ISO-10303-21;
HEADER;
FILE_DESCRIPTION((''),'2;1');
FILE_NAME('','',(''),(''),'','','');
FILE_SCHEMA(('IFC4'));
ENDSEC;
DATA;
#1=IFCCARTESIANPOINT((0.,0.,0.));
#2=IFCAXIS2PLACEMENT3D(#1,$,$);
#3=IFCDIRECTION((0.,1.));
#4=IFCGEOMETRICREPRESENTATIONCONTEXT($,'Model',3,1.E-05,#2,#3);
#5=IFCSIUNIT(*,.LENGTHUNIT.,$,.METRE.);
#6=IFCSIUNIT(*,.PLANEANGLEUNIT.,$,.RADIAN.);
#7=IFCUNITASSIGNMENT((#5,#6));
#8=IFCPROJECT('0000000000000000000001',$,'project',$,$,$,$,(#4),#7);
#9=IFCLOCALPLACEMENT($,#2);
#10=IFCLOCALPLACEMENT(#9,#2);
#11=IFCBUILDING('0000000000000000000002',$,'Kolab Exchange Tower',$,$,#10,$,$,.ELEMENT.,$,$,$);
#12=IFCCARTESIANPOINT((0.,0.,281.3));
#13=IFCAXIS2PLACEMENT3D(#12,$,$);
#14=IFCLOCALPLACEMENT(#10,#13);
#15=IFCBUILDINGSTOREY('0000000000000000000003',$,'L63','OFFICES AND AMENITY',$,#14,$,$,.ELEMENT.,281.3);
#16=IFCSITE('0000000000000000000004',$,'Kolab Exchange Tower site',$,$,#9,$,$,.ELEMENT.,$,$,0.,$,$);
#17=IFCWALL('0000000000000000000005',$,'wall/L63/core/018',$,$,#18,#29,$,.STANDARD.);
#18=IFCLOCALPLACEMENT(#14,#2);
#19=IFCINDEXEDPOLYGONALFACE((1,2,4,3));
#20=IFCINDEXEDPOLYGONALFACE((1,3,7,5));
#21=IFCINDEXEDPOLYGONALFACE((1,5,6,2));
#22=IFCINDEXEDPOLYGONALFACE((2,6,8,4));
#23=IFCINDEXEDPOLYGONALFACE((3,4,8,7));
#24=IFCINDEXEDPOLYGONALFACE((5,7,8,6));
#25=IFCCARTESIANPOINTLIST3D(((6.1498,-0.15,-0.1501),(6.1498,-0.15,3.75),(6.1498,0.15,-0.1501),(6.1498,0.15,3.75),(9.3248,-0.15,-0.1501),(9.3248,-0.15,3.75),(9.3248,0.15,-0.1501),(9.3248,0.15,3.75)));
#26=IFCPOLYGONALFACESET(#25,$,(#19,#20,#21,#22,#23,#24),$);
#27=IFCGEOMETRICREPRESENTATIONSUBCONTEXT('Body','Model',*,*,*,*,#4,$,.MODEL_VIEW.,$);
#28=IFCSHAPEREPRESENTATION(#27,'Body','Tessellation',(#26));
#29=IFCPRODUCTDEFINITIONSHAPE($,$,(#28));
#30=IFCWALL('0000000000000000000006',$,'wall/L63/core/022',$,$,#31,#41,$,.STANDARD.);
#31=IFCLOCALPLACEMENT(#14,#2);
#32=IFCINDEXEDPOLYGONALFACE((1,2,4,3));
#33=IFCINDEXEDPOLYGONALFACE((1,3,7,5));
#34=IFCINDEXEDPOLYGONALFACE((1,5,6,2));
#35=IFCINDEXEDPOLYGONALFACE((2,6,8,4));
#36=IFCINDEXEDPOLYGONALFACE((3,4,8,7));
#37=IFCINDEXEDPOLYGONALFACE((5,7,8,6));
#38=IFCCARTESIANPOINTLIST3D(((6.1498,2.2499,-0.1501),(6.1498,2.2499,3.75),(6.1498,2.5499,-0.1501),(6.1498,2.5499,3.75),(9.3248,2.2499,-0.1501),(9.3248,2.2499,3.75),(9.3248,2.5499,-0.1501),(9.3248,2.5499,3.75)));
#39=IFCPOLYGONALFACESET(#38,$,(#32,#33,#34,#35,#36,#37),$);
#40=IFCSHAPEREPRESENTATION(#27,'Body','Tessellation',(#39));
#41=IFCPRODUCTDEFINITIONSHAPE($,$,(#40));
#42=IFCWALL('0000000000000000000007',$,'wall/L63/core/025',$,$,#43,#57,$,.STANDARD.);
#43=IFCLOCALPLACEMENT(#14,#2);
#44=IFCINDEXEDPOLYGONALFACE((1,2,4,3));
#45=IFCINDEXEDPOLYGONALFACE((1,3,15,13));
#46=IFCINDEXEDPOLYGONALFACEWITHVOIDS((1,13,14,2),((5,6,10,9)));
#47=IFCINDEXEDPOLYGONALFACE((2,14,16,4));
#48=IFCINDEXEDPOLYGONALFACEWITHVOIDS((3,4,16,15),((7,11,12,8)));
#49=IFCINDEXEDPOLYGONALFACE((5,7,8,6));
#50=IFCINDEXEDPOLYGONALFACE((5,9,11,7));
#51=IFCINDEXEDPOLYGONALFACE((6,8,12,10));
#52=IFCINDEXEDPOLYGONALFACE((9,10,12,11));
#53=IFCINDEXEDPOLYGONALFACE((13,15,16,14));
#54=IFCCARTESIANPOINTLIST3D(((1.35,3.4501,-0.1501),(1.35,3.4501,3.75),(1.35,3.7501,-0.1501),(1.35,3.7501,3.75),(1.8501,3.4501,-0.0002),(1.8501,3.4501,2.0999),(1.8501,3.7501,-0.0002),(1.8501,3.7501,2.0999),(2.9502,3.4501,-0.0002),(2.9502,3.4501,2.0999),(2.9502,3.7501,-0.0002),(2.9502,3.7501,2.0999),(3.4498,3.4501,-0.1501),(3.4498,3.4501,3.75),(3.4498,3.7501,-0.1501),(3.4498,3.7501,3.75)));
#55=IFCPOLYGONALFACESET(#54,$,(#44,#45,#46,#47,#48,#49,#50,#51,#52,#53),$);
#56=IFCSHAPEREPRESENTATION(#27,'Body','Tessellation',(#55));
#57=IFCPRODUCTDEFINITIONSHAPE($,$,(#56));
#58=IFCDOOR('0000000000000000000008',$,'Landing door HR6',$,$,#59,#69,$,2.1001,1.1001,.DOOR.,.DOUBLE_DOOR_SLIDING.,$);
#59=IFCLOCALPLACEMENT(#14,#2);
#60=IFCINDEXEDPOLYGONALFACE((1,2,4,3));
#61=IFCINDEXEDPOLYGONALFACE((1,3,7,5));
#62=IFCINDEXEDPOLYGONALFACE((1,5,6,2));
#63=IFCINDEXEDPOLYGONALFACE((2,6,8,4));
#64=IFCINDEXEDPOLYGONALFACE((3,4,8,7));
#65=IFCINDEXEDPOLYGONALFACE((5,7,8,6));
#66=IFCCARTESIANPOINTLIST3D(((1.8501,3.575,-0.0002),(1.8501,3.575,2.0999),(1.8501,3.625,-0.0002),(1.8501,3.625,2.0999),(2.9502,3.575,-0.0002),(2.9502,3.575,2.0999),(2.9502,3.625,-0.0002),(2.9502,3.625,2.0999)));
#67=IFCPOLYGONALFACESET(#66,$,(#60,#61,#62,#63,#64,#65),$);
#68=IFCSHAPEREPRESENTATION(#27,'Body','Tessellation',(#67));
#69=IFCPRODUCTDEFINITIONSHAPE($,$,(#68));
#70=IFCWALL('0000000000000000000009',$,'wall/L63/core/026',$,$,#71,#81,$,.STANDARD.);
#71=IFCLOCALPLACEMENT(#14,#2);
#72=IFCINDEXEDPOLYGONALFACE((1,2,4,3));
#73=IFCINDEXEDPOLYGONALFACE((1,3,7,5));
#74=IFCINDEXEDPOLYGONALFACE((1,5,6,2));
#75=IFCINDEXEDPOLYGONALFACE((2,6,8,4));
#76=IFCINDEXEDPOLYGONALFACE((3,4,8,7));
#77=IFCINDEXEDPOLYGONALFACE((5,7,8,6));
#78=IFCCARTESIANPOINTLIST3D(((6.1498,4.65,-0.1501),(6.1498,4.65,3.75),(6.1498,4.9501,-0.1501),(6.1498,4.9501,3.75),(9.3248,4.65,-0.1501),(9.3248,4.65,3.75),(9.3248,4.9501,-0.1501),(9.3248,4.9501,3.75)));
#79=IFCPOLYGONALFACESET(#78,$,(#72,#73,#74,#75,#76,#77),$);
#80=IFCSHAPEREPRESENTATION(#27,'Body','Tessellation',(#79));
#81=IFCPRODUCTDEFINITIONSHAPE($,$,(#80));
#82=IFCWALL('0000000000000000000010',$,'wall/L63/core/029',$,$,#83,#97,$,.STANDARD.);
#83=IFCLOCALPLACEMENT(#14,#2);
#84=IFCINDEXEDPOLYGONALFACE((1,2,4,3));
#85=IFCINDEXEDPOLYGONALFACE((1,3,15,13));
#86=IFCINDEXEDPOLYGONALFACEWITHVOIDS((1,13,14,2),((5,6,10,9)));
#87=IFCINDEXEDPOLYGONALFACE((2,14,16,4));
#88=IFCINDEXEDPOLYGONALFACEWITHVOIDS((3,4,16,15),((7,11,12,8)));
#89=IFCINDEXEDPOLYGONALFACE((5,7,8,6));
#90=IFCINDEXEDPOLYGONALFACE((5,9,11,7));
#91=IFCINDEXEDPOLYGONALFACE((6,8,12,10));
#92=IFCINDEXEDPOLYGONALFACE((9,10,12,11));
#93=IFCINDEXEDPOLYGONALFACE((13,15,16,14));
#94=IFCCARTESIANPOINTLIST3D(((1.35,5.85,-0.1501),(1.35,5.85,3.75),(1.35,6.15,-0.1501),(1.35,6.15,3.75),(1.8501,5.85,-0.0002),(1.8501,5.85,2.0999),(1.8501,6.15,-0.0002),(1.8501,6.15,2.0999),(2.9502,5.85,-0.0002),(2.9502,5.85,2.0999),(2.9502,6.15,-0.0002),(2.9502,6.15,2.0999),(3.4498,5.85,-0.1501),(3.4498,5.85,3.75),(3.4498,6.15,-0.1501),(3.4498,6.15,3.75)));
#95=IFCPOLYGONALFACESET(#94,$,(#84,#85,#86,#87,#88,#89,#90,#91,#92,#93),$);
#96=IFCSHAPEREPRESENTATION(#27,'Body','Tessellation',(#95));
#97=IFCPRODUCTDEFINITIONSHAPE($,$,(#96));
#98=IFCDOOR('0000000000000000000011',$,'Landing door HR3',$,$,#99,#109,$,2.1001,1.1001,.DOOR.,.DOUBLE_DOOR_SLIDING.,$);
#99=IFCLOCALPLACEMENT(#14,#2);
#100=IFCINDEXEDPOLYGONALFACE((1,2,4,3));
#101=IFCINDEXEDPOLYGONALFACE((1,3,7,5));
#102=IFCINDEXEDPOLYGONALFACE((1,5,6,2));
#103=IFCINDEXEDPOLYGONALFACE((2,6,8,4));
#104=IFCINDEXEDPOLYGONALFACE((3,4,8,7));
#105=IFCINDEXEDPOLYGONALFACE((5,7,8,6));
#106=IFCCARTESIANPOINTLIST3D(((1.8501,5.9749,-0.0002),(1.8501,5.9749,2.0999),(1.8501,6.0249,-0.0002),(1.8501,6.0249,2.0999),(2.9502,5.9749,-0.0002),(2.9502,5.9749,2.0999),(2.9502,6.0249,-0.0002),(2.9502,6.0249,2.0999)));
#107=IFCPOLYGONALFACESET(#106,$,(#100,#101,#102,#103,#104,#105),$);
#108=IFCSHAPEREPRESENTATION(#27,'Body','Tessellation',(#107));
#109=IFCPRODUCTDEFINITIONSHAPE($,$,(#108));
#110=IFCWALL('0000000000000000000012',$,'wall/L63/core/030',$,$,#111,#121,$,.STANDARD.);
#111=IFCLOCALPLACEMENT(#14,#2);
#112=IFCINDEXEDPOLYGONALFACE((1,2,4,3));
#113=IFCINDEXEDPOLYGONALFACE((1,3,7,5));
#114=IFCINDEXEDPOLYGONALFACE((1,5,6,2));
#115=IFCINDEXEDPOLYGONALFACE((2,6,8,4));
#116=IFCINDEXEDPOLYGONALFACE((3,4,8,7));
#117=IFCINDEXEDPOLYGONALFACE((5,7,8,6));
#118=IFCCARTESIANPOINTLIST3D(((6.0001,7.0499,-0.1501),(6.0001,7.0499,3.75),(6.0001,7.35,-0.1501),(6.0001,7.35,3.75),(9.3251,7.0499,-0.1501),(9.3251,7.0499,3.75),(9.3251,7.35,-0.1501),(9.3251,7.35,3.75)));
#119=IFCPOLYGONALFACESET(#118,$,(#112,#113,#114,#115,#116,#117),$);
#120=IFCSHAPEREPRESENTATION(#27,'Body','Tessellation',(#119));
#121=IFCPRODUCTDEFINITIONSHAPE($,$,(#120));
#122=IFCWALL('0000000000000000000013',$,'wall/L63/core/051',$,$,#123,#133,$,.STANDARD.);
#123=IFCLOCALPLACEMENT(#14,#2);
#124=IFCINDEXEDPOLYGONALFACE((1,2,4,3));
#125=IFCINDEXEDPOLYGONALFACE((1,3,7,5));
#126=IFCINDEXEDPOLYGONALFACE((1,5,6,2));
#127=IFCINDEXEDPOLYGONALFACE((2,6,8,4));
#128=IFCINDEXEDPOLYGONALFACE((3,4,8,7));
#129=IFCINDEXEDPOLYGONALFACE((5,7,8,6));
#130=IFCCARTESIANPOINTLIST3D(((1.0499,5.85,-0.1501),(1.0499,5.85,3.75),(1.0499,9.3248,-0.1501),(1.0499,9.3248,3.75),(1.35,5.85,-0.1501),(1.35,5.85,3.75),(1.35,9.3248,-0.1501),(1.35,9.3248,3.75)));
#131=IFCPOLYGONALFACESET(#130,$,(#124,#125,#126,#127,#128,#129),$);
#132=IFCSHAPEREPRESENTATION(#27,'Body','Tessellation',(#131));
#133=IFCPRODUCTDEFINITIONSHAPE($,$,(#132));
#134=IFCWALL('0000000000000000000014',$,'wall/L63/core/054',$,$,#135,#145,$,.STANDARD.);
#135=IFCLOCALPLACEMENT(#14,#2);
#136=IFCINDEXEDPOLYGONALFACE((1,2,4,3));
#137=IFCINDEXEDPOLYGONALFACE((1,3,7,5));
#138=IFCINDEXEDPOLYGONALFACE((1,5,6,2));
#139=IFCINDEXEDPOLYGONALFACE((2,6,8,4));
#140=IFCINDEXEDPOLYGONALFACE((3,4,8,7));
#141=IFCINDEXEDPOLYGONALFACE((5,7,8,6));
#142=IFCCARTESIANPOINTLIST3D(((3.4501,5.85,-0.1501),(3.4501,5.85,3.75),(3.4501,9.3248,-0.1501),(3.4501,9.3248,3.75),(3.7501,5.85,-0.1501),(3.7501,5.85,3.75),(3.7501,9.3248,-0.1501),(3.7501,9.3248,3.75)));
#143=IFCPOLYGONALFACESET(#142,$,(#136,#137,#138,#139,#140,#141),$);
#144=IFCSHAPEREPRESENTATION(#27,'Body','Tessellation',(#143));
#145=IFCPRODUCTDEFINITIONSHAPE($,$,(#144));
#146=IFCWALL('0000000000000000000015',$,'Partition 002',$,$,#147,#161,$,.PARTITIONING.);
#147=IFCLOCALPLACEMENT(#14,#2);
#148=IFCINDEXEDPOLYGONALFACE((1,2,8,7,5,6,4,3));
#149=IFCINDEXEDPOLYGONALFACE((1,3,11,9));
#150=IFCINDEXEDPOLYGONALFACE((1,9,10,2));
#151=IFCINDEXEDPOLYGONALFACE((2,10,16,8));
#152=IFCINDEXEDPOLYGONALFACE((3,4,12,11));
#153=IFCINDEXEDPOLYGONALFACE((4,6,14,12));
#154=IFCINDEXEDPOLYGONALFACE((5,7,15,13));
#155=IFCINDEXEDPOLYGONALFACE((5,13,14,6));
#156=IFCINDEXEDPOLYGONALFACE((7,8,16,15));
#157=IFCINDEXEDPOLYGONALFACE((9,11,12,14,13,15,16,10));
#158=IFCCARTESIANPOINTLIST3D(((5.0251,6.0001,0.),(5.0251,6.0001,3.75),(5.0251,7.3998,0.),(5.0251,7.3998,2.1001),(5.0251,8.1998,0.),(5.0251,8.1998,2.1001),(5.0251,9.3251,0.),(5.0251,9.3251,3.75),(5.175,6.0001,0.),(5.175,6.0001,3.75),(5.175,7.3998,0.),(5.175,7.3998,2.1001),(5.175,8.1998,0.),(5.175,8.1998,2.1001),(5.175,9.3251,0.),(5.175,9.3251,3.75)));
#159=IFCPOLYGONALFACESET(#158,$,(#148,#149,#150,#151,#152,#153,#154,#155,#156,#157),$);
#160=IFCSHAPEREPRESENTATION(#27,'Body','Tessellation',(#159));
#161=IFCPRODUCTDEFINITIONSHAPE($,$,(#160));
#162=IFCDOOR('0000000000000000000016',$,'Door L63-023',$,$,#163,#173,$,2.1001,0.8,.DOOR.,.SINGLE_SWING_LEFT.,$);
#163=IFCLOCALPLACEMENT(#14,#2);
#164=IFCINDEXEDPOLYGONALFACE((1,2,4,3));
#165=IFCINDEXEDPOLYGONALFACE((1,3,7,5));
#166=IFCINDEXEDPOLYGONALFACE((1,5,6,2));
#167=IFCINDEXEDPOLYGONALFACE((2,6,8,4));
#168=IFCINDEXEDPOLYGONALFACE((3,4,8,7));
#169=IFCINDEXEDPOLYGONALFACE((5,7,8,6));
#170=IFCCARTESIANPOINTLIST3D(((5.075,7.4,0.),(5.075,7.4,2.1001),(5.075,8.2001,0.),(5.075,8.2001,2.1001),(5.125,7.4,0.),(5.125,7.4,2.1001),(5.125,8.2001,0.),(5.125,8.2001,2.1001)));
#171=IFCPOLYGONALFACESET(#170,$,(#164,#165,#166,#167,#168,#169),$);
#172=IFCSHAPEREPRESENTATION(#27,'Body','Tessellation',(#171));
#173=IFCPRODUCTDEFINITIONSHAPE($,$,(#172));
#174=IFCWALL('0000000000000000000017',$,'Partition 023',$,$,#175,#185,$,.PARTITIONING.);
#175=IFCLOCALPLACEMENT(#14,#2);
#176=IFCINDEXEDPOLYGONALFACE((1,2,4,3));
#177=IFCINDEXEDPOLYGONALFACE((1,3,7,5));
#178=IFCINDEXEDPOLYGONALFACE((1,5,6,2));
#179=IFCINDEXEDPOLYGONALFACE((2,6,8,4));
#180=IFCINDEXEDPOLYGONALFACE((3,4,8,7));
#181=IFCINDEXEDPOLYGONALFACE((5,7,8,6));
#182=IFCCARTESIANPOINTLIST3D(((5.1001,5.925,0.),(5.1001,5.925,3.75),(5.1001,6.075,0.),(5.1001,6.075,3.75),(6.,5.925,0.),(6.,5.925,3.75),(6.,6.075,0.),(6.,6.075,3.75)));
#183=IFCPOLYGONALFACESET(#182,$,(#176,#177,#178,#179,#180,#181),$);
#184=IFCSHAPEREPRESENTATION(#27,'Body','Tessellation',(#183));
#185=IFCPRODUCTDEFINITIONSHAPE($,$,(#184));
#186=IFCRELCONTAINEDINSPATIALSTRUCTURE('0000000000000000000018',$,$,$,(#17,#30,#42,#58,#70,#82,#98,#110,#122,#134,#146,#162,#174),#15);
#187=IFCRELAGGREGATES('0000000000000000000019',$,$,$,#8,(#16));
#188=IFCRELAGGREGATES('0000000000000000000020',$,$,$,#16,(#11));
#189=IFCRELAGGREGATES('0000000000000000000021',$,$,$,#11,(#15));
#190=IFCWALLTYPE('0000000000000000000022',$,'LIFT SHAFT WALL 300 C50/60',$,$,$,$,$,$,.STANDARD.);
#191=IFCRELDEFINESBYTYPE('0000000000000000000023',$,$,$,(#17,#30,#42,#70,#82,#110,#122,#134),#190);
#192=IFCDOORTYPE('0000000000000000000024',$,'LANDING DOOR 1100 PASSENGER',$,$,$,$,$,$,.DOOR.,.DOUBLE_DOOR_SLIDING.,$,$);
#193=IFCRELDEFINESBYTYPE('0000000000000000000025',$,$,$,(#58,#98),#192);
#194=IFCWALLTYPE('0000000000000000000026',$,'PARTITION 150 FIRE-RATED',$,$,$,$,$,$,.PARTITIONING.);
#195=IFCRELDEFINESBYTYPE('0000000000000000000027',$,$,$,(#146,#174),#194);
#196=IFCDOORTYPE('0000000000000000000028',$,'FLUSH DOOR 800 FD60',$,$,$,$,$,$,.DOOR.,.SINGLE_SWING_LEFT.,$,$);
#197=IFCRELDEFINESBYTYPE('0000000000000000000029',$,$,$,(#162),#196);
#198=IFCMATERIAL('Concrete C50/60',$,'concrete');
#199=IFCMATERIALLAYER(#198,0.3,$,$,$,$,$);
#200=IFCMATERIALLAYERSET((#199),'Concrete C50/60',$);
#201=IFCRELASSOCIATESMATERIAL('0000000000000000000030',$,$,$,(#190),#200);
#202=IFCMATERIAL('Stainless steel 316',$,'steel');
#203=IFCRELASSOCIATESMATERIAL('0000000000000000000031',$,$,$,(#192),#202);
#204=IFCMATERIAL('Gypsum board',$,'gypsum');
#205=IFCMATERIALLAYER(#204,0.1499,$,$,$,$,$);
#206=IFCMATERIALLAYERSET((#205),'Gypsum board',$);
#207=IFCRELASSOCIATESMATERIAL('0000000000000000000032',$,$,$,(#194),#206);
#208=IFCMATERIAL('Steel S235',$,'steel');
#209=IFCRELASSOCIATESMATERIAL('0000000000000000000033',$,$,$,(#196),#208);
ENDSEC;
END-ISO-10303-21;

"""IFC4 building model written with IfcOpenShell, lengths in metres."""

from ifc_helpers import new_model, si_unit, direction, frame, frame_2d, origin, place, context, subcontext, project, spatial, rectangle, extrude, material, layer, layer_set, type_object, element, fill, save


model = new_model("IFC4")

# Units and contexts
model_context = context("Model", 3, precision=1e-05, world=origin(), true_north=direction((0.0, 1.0)))
body_context = subcontext(model_context, "Body", "Model", "MODEL_VIEW")
ifc_project = project(units=[si_unit("LENGTHUNIT", "METRE"), si_unit("PLANEANGLEUNIT", "RADIAN")], contexts=[model_context])

# Site, building, storey
site_placement = place(None, origin())
site = spatial("IfcSite", under=ifc_project, at=site_placement, Name="Kolab Exchange Tower site", CompositionType="ELEMENT", RefElevation=0.0)
building_placement = place(site_placement, origin())
building = spatial("IfcBuilding", under=site, at=building_placement, Name="Kolab Exchange Tower", CompositionType="ELEMENT")
storey_placement = place(building_placement, frame((0.0, 0.0, 281.3)))
storey = spatial("IfcBuildingStorey", under=building, at=storey_placement, Name="L63", Description="OFFICES AND AMENITY", CompositionType="ELEMENT", Elevation=281.3)

# Shared definitions
ifc_material_1 = material(Name="Concrete C50/60", Category="concrete")

# Walls
ifc_layer_1 = layer(ifc_material_1, 0.3)
ifc_layer_set_1 = layer_set([ifc_layer_1], Name="Concrete C50/60")
wall_type_1 = type_object("IfcWallType", Name="LIFT SHAFT WALL 300 C50/60", PredefinedType="STANDARD", material=ifc_layer_set_1)
for number, where, z_axis, x_axis, name in (
    (1, (6.1499, 0.0, -0.1501), (0.0, 0.0, 1.0), (1.0, 0.0, 0.0), "wall/L63/core/018"),
    (2, (6.1499, 2.3999, -0.1501), (0.0, 0.0, 1.0), (1.0, 0.0, 0.0), "wall/L63/core/022"),
):
    element("IfcWall", number, at=place(storey_placement, frame(where, z_axis=z_axis, x_axis=x_axis)), inside=storey, type_object=wall_type_1, Name=name, PredefinedType="STANDARD", context=body_context, shape_type="SweptSolid", body=[
        extrude(rectangle(XDim=3.175, YDim=0.3, at=frame_2d((1.5874, 0.0))), origin(), (0.0, 0.0, 1.0), 3.9001),
    ])

# Wall, opening, door
wall_1_placement = place(storey_placement, frame((1.3501, 3.6001, -0.1501), z_axis=(0.0, 0.0, 1.0), x_axis=(1.0, 0.0, 0.0)))
wall_1 = element("IfcWall", 3, at=wall_1_placement, inside=storey, type_object=wall_type_1, Name="wall/L63/core/025", PredefinedType="STANDARD", context=body_context, shape_type="SweptSolid", body=[
    extrude(rectangle(XDim=2.0999, YDim=0.3, at=frame_2d((1.0498, 0.0))), origin(), (0.0, 0.0, 1.0), 3.9001),
])
opening_1_placement = place(wall_1_placement, frame((0.5, 0.0, 0.1499)))
opening_1 = element("IfcOpeningElement", 4, at=opening_1_placement, cuts=wall_1, PredefinedType="OPENING", context=body_context, shape_type="SweptSolid", body=[
    extrude(rectangle(XDim=1.1001, YDim=2.1001, at=frame_2d((0.55, 1.05))), frame((0.0, 0.1602, 0.0), z_axis=(0.0, -1.0, 0.0), x_axis=(1.0, 0.0, 0.0)), (0.0, 0.0, 1.0), 0.3201),
])
ifc_material_2 = material(Name="Stainless steel 316", Category="steel")
door_type_1 = type_object("IfcDoorType", Name="LANDING DOOR 1100 PASSENGER", OperationType="DOUBLE_DOOR_SLIDING", PredefinedType="DOOR", material=ifc_material_2)
door_1_placement = place(opening_1_placement, origin())
door_1 = element("IfcDoor", 5, at=door_1_placement, inside=storey, type_object=door_type_1, Name="Landing door HR6", OperationType="DOUBLE_DOOR_SLIDING", OverallHeight=2.1001, OverallWidth=1.1001, PredefinedType="DOOR", context=body_context, shape_type="SweptSolid", body=[
    extrude(rectangle(XDim=1.1001, YDim=2.1001, at=frame_2d((0.55, 1.05))), frame((0.0, 0.0249, 0.0), z_axis=(0.0, -1.0, 0.0), x_axis=(1.0, 0.0, 0.0)), (0.0, 0.0, 1.0), 0.05),
])
fill(opening_1, door_1)

# Wall
wall_2_placement = place(storey_placement, frame((6.1499, 4.8, -0.1501), z_axis=(0.0, 0.0, 1.0), x_axis=(1.0, 0.0, 0.0)))
element("IfcWall", 6, at=wall_2_placement, inside=storey, type_object=wall_type_1, Name="wall/L63/core/026", PredefinedType="STANDARD", context=body_context, shape_type="SweptSolid", body=[
    extrude(rectangle(XDim=3.175, YDim=0.3, at=frame_2d((1.5874, 0.0))), origin(), (0.0, 0.0, 1.0), 3.9001),
])

# Wall, opening, door
wall_3_placement = place(storey_placement, frame((1.3501, 6.0, -0.1501), z_axis=(0.0, 0.0, 1.0), x_axis=(1.0, 0.0, 0.0)))
wall_3 = element("IfcWall", 7, at=wall_3_placement, inside=storey, type_object=wall_type_1, Name="wall/L63/core/029", PredefinedType="STANDARD", context=body_context, shape_type="SweptSolid", body=[
    extrude(rectangle(XDim=2.0999, YDim=0.3, at=frame_2d((1.0498, 0.0))), origin(), (0.0, 0.0, 1.0), 3.9001),
])
opening_2_placement = place(wall_3_placement, frame((0.5, 0.0, 0.1499)))
opening_2 = element("IfcOpeningElement", 8, at=opening_2_placement, cuts=wall_3, PredefinedType="OPENING", context=body_context, shape_type="SweptSolid", body=[
    extrude(rectangle(XDim=1.1001, YDim=2.1001, at=frame_2d((0.55, 1.05))), frame((0.0, 0.1602, 0.0), z_axis=(0.0, -1.0, 0.0), x_axis=(1.0, 0.0, 0.0)), (0.0, 0.0, 1.0), 0.3201),
])
door_2_placement = place(opening_2_placement, origin())
door_2 = element("IfcDoor", 9, at=door_2_placement, inside=storey, type_object=door_type_1, Name="Landing door HR3", OperationType="DOUBLE_DOOR_SLIDING", OverallHeight=2.1001, OverallWidth=1.1001, PredefinedType="DOOR", context=body_context, shape_type="SweptSolid", body=[
    extrude(rectangle(XDim=1.1001, YDim=2.1001, at=frame_2d((0.55, 1.05))), frame((0.0, 0.0249, 0.0), z_axis=(0.0, -1.0, 0.0), x_axis=(1.0, 0.0, 0.0)), (0.0, 0.0, 1.0), 0.05),
])
fill(opening_2, door_2)

# Walls
wall_4_placement = place(storey_placement, frame((6.0, 7.2, -0.1501), z_axis=(0.0, 0.0, 1.0), x_axis=(1.0, 0.0, 0.0)))
element("IfcWall", 10, at=wall_4_placement, inside=storey, type_object=wall_type_1, Name="wall/L63/core/030", PredefinedType="STANDARD", context=body_context, shape_type="SweptSolid", body=[
    extrude(rectangle(XDim=3.325, YDim=0.3, at=frame_2d((1.6626, 0.0))), origin(), (0.0, 0.0, 1.0), 3.9001),
])
for number, where, z_axis, x_axis, name in (
    (11, (1.2, 5.8501, -0.1501), (0.0, 0.0, 1.0), (0.0, 1.0, 0.0), "wall/L63/core/051"),
    (12, (3.6001, 5.8501, -0.1501), (0.0, 0.0, 1.0), (0.0, 1.0, 0.0), "wall/L63/core/054"),
):
    element("IfcWall", number, at=place(storey_placement, frame(where, z_axis=z_axis, x_axis=x_axis)), inside=storey, type_object=wall_type_1, Name=name, PredefinedType="STANDARD", context=body_context, shape_type="SweptSolid", body=[
        extrude(rectangle(XDim=3.4749, YDim=0.3, at=frame_2d((1.7373, 0.0))), origin(), (0.0, 0.0, 1.0), 3.9001),
    ])

# Wall, opening, door
ifc_material_3 = material(Name="Gypsum board", Category="gypsum")
ifc_layer_2 = layer(ifc_material_3, 0.1499)
ifc_layer_set_2 = layer_set([ifc_layer_2], Name="Gypsum board")
wall_type_2 = type_object("IfcWallType", Name="PARTITION 150 FIRE-RATED", PredefinedType="PARTITIONING", material=ifc_layer_set_2)
wall_5_placement = place(storey_placement, frame((5.1001, 6.0, 0.0), z_axis=(0.0, 0.0, 1.0), x_axis=(0.0, 1.0, 0.0)))
wall_5 = element("IfcWall", 13, at=wall_5_placement, inside=storey, type_object=wall_type_2, Name="Partition 002", PredefinedType="PARTITIONING", context=body_context, shape_type="SweptSolid", body=[
    extrude(rectangle(XDim=3.325, YDim=0.1499, at=frame_2d((1.6626, 0.0))), origin(), (0.0, 0.0, 1.0), 3.75),
])
opening_3_placement = place(wall_5_placement, frame((1.3999, 0.0, 0.0)))
opening_3 = element("IfcOpeningElement", 14, at=opening_3_placement, cuts=wall_5, PredefinedType="OPENING", context=body_context, shape_type="SweptSolid", body=[
    extrude(rectangle(XDim=0.8, YDim=2.1001, at=frame_2d((0.3999, 1.05))), frame((0.0, 0.085, 0.0), z_axis=(0.0, -1.0, 0.0), x_axis=(1.0, 0.0, 0.0)), (0.0, 0.0, 1.0), 0.1699),
])
ifc_material_4 = material(Name="Steel S235", Category="steel")
door_type_2 = type_object("IfcDoorType", Name="FLUSH DOOR 800 FD60", OperationType="SINGLE_SWING_LEFT", PredefinedType="DOOR", material=ifc_material_4)
door_3_placement = place(opening_3_placement, frame((0.8, 0.0, 0.0), z_axis=(0.0, 0.0, 1.0), x_axis=(-1.0, 0.0, 0.0)))
door_3 = element("IfcDoor", 15, at=door_3_placement, inside=storey, type_object=door_type_2, Name="Door L63-023", OperationType="SINGLE_SWING_LEFT", OverallHeight=2.1001, OverallWidth=0.8, PredefinedType="DOOR", context=body_context, shape_type="SweptSolid", body=[
    extrude(rectangle(XDim=0.8, YDim=2.1001, at=frame_2d((0.3999, 1.05))), frame((0.0, 0.0249, 0.0), z_axis=(0.0, -1.0, 0.0), x_axis=(1.0, 0.0, 0.0)), (0.0, 0.0, 1.0), 0.05),
])
fill(opening_3, door_3)

# Wall
wall_6_placement = place(storey_placement, frame((5.1001, 6.0, 0.0), z_axis=(0.0, 0.0, 1.0), x_axis=(1.0, 0.0, 0.0)))
element("IfcWall", 16, at=wall_6_placement, inside=storey, type_object=wall_type_2, Name="Partition 023", PredefinedType="PARTITIONING", context=body_context, shape_type="SweptSolid", body=[
    extrude(rectangle(XDim=0.8999, YDim=0.1499, at=frame_2d((0.45, 0.0))), origin(), (0.0, 0.0, 1.0), 3.75),
])

save(model, "model.ifc")
